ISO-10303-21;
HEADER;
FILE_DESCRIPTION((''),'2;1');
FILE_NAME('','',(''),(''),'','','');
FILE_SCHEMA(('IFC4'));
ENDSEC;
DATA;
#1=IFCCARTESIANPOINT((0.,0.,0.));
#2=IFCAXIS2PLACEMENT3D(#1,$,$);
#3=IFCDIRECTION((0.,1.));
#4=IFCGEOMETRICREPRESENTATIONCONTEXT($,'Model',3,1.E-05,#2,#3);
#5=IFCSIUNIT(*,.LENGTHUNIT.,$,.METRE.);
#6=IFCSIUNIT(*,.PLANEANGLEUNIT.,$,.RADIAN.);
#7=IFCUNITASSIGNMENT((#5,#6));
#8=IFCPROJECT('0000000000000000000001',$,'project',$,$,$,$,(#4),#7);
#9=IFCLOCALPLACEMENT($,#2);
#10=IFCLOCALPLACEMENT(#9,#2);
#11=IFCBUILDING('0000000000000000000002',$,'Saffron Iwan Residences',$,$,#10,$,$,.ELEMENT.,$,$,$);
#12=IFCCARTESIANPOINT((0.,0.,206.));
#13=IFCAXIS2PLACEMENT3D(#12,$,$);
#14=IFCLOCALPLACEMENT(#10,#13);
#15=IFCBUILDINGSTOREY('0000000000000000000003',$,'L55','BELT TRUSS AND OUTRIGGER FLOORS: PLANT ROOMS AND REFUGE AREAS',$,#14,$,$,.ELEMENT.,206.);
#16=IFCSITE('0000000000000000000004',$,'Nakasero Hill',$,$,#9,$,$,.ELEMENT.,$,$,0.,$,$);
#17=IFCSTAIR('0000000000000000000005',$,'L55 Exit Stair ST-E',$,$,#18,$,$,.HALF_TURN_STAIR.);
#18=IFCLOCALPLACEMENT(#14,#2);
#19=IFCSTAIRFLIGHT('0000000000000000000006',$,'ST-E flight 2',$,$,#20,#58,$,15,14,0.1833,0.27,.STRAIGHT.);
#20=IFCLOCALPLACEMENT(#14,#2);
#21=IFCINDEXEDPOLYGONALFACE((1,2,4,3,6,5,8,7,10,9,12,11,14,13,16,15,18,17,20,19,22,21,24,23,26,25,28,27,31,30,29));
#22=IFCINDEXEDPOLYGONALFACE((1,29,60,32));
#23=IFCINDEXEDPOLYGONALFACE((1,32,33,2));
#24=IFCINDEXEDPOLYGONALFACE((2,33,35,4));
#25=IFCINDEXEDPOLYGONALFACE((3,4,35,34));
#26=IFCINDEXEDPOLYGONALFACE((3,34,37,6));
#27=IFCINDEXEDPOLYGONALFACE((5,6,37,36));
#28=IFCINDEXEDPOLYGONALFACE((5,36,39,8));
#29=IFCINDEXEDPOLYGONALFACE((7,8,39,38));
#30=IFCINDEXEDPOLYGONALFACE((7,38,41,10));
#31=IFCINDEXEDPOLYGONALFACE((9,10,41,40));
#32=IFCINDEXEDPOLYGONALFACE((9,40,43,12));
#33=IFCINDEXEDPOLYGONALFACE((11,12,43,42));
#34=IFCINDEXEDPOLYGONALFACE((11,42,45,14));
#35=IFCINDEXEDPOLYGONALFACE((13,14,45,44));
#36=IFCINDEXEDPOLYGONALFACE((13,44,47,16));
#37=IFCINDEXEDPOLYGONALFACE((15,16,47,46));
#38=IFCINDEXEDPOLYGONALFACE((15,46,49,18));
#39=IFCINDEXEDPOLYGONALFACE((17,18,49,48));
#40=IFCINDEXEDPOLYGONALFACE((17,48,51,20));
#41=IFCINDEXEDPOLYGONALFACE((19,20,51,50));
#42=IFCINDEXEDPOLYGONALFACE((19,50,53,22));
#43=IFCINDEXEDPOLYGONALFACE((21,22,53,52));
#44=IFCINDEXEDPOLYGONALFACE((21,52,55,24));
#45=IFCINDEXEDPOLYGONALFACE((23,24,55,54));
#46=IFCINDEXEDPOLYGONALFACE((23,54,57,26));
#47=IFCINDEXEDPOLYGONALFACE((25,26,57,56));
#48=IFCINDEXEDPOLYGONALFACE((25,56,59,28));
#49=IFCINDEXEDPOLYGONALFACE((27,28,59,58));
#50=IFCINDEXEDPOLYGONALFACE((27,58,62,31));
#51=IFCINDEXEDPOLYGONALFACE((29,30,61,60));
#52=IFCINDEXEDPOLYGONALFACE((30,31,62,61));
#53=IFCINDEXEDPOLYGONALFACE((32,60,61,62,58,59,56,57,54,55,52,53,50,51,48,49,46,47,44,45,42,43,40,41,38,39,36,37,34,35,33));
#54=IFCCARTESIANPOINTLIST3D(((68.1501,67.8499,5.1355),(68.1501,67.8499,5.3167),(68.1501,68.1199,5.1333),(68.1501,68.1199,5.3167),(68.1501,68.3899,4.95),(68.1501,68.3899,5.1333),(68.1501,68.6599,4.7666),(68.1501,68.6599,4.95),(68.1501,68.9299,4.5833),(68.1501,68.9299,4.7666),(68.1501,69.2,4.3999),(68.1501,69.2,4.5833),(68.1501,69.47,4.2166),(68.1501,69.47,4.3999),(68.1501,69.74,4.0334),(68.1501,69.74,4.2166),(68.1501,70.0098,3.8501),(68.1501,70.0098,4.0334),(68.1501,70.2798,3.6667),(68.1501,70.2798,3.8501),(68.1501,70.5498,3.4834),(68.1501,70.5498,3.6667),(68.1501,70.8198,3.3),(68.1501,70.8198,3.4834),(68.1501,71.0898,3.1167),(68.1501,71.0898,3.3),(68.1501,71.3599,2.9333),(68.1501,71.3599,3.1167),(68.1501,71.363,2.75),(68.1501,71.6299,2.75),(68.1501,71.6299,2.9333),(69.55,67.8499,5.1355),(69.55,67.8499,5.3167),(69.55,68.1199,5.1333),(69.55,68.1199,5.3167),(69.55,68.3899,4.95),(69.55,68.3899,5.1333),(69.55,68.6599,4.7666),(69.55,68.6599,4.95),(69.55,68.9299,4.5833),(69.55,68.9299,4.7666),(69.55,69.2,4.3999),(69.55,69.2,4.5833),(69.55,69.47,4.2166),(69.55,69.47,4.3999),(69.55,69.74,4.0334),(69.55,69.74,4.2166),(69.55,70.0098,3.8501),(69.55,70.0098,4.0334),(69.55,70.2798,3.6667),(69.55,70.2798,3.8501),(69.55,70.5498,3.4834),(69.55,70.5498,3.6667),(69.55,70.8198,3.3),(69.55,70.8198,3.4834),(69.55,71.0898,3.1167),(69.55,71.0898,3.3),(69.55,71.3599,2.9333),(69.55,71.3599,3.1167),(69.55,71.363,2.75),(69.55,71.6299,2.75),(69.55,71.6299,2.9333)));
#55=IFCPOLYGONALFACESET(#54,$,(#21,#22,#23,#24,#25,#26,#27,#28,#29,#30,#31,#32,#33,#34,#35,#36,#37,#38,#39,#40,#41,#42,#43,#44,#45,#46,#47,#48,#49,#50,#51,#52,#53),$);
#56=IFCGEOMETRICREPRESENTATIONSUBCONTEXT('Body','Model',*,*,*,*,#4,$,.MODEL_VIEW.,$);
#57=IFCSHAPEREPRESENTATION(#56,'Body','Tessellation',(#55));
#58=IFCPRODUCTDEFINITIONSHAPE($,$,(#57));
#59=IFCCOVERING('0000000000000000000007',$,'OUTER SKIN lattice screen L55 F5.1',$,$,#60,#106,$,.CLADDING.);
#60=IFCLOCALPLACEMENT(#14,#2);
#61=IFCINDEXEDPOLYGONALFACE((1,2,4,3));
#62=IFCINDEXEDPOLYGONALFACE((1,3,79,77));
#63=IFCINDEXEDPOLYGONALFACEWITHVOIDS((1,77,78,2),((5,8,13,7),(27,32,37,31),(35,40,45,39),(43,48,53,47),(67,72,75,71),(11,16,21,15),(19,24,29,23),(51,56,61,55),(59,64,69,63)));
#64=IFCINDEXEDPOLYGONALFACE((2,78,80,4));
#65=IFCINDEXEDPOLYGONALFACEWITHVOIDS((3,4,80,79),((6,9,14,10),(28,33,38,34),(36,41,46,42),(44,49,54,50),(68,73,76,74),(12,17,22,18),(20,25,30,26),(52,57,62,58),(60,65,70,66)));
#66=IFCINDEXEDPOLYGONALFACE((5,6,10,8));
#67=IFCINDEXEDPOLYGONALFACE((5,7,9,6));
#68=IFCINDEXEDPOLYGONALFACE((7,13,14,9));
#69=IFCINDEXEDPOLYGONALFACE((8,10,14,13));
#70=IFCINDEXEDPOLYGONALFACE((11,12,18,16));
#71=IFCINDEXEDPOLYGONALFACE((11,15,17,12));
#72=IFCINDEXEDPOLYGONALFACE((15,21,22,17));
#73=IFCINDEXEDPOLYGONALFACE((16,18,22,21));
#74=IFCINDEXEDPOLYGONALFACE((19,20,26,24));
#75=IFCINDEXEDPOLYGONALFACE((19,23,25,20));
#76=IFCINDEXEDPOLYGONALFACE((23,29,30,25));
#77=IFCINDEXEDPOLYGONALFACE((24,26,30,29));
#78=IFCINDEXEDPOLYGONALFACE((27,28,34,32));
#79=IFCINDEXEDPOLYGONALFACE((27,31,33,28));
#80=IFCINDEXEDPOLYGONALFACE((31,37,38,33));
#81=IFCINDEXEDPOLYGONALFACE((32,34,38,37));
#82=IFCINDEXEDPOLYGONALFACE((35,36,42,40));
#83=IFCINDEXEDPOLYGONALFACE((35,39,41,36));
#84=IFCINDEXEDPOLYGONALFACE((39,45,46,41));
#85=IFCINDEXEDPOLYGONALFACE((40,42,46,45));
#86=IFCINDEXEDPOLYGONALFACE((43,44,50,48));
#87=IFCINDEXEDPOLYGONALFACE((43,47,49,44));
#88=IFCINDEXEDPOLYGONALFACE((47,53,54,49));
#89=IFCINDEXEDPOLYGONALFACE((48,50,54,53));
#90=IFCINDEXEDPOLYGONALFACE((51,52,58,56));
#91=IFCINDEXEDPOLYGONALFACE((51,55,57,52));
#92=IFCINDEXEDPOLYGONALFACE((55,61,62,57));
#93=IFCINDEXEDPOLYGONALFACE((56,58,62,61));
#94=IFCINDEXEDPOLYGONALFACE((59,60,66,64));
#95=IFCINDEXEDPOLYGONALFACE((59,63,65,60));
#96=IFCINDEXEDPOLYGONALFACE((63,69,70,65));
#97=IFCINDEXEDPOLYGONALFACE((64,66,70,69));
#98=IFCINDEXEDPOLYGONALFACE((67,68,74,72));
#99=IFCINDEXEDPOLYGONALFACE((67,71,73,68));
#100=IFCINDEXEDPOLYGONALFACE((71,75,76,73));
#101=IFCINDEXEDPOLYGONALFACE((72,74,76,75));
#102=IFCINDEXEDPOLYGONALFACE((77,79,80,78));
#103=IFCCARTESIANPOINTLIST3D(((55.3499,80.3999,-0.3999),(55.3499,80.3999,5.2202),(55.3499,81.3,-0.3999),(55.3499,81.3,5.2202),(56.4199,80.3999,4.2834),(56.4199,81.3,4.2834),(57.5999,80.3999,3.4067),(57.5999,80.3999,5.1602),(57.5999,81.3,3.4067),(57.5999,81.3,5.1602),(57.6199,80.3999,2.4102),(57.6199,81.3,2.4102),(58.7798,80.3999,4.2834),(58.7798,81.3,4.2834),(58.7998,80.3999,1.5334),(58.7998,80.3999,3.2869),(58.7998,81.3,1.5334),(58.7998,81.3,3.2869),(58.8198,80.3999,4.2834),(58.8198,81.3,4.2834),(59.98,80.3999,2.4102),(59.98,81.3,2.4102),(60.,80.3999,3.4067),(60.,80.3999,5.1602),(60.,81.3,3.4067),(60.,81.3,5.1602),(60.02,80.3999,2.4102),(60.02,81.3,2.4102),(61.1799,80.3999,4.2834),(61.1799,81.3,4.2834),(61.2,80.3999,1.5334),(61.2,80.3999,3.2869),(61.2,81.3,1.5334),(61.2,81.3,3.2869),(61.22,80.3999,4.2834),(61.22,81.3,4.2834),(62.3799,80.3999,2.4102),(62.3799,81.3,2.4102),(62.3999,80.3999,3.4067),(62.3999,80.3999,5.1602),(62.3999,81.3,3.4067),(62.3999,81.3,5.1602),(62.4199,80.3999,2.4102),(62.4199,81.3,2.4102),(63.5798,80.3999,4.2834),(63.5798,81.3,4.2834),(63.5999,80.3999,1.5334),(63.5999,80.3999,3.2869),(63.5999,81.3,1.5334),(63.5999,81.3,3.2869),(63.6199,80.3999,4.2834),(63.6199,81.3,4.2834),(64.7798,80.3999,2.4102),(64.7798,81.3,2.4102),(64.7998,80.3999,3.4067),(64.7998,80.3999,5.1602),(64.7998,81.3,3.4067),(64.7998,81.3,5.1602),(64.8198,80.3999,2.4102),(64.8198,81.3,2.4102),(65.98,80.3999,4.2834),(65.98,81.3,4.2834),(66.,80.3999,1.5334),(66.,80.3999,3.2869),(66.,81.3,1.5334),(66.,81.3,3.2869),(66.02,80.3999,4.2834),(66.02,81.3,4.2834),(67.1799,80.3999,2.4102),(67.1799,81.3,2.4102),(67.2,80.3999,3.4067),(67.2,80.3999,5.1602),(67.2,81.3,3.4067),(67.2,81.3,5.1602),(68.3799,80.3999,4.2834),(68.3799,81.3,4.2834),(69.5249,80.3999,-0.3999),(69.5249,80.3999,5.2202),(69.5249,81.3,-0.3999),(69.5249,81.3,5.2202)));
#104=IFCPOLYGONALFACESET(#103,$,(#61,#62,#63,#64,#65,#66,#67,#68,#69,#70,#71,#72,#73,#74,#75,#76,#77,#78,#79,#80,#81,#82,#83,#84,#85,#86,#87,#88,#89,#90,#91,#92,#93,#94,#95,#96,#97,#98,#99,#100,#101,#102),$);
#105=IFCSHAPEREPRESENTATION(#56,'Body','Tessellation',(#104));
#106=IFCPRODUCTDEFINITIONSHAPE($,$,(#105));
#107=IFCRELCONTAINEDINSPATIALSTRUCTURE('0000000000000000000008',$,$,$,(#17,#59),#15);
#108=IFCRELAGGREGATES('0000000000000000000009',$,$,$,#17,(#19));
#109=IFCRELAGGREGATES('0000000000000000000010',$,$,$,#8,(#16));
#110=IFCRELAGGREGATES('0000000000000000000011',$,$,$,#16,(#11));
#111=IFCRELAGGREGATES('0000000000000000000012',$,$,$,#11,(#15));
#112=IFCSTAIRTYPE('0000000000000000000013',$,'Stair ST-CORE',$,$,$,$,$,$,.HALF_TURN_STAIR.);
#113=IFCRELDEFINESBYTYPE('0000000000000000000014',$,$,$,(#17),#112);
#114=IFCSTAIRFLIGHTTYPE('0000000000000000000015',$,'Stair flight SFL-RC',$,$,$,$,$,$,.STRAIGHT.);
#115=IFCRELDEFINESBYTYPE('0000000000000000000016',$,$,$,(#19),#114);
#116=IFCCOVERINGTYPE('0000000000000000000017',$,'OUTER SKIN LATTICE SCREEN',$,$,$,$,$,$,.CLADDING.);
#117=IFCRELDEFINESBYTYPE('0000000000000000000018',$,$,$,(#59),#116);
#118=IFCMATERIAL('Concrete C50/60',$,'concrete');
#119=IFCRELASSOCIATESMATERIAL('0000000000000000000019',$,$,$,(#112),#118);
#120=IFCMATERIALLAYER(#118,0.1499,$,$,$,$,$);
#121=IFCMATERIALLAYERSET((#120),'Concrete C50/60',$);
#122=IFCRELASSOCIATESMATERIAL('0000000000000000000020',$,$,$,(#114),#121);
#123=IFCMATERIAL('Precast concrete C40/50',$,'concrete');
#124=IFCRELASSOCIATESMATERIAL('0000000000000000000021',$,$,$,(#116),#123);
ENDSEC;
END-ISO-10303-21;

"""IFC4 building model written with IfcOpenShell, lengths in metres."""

from ifc_helpers import new_model, si_unit, direction, frame, origin, place, context, subcontext, project, spatial, polyline, outline, extrude, material, layer, layer_set, type_object, element, aggregate, save


model = new_model("IFC4")

# Units and contexts
model_context = context("Model", 3, precision=1e-05, world=origin(), true_north=direction((0.0, 1.0)))
body_context = subcontext(model_context, "Body", "Model", "MODEL_VIEW")
ifc_project = project(units=[si_unit("LENGTHUNIT", "METRE"), si_unit("PLANEANGLEUNIT", "RADIAN")], contexts=[model_context])

# Site, building, storey
site_placement = place(None, origin())
site = spatial("IfcSite", under=ifc_project, at=site_placement, Name="Nakasero Hill", CompositionType="ELEMENT", RefElevation=0.0)
building_placement = place(site_placement, origin())
building = spatial("IfcBuilding", under=site, at=building_placement, Name="Saffron Iwan Residences", CompositionType="ELEMENT")
storey_placement = place(building_placement, frame((0.0, 0.0, 206.0)))
storey = spatial("IfcBuildingStorey", under=building, at=storey_placement, Name="L55", Description="BELT TRUSS AND OUTRIGGER FLOORS: PLANT ROOMS AND REFUGE AREAS", CompositionType="ELEMENT", Elevation=206.0)

# Shared definitions
ifc_material_1 = material(Name="Concrete C50/60", Category="concrete")

# Stair, stair flight
stair_type = type_object("IfcStairType", Name="Stair ST-CORE", PredefinedType="HALF_TURN_STAIR", material=ifc_material_1)
stair_placement = place(storey_placement, origin())
stair = element("IfcStair", 1, at=stair_placement, inside=storey, type_object=stair_type, Name="L55 Exit Stair ST-E", PredefinedType="HALF_TURN_STAIR")
ifc_layer_1 = layer(ifc_material_1, 0.1499)
ifc_layer_set_1 = layer_set([ifc_layer_1], Name="Concrete C50/60")
stair_flight_type = type_object("IfcStairFlightType", Name="Stair flight SFL-RC", PredefinedType="STRAIGHT", material=ifc_layer_set_1)
stair_flight_placement = place(storey_placement, frame((68.8501, 71.6299, 2.75), z_axis=(0.0, 0.0, 1.0), x_axis=(0.0, -1.0, 0.0)))
stair_flight = element("IfcStairFlight", 2, at=stair_flight_placement, type_object=stair_flight_type, Name="ST-E flight 2", NumberOfRisers=15, NumberOfTreads=14, PredefinedType="STRAIGHT", RiserHeight=0.1833, TreadLength=0.27, context=body_context, shape_type="SweptSolid", body=[
    extrude(outline(polyline([(0.0, 0.0), (0.0, 0.1833), (0.27, 0.1833), (0.27, 0.3667), (0.54, 0.3667), (0.54, 0.55), (0.8101, 0.55), (0.8101, 0.7334), (1.0801, 0.7334), (1.0801, 0.9167), (1.3501, 0.9167), (1.3501, 1.1001), (1.6201, 1.1001), (1.6201, 1.2834), (1.8899, 1.2834), (1.8899, 1.4666), (2.1599, 1.4666), (2.1599, 1.6499), (2.4299, 1.6499), (2.4299, 1.8333), (2.7, 1.8333), (2.7, 2.0166), (2.97, 2.0166), (2.97, 2.2), (3.24, 2.2), (3.24, 2.3833), (3.51, 2.3833), (3.51, 2.5667), (3.78, 2.5667), (3.78, 2.75), (3.78, 2.3855), (0.2668, 0.0), (0.0, 0.0)])), frame((0.0, 0.7, 0.0), z_axis=(0.0, -1.0, 0.0), x_axis=(1.0, 0.0, 0.0)), (0.0, 0.0, 1.0), 1.3999),
])
aggregate(stair, [stair_flight])

# Covering
ifc_material_2 = material(Name="Precast concrete C40/50", Category="concrete")
covering_type = type_object("IfcCoveringType", Name="OUTER SKIN LATTICE SCREEN", PredefinedType="CLADDING", material=ifc_material_2)
covering_placement = place(storey_placement, frame((69.5249, 80.3999, -0.3999), z_axis=(0.0, 1.0, 0.0), x_axis=(-1.0, 0.0, 0.0)))
element("IfcCovering", 3, at=covering_placement, inside=storey, type_object=covering_type, Name="OUTER SKIN lattice screen L55 F5.1", PredefinedType="CLADDING", context=body_context, shape_type="SweptSolid", body=[
    extrude(outline(polyline([(0.0, 0.0), (14.175, 0.0), (14.175, 5.6201), (0.0, 5.6201), (0.0, 0.0)]), holes=[polyline([(2.345, 2.8101), (3.5249, 1.9333), (4.7051, 2.8101), (3.5249, 3.6868), (2.345, 2.8101)]), polyline([(4.7451, 2.8101), (5.925, 1.9333), (7.105, 2.8101), (5.925, 3.6868), (4.7451, 2.8101)]), polyline([(7.145, 2.8101), (8.325, 1.9333), (9.5049, 2.8101), (8.325, 3.6868), (7.145, 2.8101)]), polyline([(9.5449, 2.8101), (10.7251, 1.9333), (11.905, 2.8101), (10.7251, 3.6868), (9.5449, 2.8101)]), polyline([(1.145, 4.6833), (2.325, 3.8066), (3.5049, 4.6833), (2.325, 5.5601), (1.145, 4.6833)]), polyline([(3.5449, 4.6833), (4.7251, 3.8066), (5.905, 4.6833), (4.7251, 5.5601), (3.5449, 4.6833)]), polyline([(5.9451, 4.6833), (7.125, 3.8066), (8.3049, 4.6833), (7.125, 5.5601), (5.9451, 4.6833)]), polyline([(8.345, 4.6833), (9.5249, 3.8066), (10.7051, 4.6833), (9.5249, 5.5601), (8.345, 4.6833)]), polyline([(10.7451, 4.6833), (11.925, 3.8066), (13.105, 4.6833), (11.925, 5.5601), (10.7451, 4.6833)])]), origin(), (0.0, 0.0, 1.0), 0.9001),
])

save(model, "model.ifc")
